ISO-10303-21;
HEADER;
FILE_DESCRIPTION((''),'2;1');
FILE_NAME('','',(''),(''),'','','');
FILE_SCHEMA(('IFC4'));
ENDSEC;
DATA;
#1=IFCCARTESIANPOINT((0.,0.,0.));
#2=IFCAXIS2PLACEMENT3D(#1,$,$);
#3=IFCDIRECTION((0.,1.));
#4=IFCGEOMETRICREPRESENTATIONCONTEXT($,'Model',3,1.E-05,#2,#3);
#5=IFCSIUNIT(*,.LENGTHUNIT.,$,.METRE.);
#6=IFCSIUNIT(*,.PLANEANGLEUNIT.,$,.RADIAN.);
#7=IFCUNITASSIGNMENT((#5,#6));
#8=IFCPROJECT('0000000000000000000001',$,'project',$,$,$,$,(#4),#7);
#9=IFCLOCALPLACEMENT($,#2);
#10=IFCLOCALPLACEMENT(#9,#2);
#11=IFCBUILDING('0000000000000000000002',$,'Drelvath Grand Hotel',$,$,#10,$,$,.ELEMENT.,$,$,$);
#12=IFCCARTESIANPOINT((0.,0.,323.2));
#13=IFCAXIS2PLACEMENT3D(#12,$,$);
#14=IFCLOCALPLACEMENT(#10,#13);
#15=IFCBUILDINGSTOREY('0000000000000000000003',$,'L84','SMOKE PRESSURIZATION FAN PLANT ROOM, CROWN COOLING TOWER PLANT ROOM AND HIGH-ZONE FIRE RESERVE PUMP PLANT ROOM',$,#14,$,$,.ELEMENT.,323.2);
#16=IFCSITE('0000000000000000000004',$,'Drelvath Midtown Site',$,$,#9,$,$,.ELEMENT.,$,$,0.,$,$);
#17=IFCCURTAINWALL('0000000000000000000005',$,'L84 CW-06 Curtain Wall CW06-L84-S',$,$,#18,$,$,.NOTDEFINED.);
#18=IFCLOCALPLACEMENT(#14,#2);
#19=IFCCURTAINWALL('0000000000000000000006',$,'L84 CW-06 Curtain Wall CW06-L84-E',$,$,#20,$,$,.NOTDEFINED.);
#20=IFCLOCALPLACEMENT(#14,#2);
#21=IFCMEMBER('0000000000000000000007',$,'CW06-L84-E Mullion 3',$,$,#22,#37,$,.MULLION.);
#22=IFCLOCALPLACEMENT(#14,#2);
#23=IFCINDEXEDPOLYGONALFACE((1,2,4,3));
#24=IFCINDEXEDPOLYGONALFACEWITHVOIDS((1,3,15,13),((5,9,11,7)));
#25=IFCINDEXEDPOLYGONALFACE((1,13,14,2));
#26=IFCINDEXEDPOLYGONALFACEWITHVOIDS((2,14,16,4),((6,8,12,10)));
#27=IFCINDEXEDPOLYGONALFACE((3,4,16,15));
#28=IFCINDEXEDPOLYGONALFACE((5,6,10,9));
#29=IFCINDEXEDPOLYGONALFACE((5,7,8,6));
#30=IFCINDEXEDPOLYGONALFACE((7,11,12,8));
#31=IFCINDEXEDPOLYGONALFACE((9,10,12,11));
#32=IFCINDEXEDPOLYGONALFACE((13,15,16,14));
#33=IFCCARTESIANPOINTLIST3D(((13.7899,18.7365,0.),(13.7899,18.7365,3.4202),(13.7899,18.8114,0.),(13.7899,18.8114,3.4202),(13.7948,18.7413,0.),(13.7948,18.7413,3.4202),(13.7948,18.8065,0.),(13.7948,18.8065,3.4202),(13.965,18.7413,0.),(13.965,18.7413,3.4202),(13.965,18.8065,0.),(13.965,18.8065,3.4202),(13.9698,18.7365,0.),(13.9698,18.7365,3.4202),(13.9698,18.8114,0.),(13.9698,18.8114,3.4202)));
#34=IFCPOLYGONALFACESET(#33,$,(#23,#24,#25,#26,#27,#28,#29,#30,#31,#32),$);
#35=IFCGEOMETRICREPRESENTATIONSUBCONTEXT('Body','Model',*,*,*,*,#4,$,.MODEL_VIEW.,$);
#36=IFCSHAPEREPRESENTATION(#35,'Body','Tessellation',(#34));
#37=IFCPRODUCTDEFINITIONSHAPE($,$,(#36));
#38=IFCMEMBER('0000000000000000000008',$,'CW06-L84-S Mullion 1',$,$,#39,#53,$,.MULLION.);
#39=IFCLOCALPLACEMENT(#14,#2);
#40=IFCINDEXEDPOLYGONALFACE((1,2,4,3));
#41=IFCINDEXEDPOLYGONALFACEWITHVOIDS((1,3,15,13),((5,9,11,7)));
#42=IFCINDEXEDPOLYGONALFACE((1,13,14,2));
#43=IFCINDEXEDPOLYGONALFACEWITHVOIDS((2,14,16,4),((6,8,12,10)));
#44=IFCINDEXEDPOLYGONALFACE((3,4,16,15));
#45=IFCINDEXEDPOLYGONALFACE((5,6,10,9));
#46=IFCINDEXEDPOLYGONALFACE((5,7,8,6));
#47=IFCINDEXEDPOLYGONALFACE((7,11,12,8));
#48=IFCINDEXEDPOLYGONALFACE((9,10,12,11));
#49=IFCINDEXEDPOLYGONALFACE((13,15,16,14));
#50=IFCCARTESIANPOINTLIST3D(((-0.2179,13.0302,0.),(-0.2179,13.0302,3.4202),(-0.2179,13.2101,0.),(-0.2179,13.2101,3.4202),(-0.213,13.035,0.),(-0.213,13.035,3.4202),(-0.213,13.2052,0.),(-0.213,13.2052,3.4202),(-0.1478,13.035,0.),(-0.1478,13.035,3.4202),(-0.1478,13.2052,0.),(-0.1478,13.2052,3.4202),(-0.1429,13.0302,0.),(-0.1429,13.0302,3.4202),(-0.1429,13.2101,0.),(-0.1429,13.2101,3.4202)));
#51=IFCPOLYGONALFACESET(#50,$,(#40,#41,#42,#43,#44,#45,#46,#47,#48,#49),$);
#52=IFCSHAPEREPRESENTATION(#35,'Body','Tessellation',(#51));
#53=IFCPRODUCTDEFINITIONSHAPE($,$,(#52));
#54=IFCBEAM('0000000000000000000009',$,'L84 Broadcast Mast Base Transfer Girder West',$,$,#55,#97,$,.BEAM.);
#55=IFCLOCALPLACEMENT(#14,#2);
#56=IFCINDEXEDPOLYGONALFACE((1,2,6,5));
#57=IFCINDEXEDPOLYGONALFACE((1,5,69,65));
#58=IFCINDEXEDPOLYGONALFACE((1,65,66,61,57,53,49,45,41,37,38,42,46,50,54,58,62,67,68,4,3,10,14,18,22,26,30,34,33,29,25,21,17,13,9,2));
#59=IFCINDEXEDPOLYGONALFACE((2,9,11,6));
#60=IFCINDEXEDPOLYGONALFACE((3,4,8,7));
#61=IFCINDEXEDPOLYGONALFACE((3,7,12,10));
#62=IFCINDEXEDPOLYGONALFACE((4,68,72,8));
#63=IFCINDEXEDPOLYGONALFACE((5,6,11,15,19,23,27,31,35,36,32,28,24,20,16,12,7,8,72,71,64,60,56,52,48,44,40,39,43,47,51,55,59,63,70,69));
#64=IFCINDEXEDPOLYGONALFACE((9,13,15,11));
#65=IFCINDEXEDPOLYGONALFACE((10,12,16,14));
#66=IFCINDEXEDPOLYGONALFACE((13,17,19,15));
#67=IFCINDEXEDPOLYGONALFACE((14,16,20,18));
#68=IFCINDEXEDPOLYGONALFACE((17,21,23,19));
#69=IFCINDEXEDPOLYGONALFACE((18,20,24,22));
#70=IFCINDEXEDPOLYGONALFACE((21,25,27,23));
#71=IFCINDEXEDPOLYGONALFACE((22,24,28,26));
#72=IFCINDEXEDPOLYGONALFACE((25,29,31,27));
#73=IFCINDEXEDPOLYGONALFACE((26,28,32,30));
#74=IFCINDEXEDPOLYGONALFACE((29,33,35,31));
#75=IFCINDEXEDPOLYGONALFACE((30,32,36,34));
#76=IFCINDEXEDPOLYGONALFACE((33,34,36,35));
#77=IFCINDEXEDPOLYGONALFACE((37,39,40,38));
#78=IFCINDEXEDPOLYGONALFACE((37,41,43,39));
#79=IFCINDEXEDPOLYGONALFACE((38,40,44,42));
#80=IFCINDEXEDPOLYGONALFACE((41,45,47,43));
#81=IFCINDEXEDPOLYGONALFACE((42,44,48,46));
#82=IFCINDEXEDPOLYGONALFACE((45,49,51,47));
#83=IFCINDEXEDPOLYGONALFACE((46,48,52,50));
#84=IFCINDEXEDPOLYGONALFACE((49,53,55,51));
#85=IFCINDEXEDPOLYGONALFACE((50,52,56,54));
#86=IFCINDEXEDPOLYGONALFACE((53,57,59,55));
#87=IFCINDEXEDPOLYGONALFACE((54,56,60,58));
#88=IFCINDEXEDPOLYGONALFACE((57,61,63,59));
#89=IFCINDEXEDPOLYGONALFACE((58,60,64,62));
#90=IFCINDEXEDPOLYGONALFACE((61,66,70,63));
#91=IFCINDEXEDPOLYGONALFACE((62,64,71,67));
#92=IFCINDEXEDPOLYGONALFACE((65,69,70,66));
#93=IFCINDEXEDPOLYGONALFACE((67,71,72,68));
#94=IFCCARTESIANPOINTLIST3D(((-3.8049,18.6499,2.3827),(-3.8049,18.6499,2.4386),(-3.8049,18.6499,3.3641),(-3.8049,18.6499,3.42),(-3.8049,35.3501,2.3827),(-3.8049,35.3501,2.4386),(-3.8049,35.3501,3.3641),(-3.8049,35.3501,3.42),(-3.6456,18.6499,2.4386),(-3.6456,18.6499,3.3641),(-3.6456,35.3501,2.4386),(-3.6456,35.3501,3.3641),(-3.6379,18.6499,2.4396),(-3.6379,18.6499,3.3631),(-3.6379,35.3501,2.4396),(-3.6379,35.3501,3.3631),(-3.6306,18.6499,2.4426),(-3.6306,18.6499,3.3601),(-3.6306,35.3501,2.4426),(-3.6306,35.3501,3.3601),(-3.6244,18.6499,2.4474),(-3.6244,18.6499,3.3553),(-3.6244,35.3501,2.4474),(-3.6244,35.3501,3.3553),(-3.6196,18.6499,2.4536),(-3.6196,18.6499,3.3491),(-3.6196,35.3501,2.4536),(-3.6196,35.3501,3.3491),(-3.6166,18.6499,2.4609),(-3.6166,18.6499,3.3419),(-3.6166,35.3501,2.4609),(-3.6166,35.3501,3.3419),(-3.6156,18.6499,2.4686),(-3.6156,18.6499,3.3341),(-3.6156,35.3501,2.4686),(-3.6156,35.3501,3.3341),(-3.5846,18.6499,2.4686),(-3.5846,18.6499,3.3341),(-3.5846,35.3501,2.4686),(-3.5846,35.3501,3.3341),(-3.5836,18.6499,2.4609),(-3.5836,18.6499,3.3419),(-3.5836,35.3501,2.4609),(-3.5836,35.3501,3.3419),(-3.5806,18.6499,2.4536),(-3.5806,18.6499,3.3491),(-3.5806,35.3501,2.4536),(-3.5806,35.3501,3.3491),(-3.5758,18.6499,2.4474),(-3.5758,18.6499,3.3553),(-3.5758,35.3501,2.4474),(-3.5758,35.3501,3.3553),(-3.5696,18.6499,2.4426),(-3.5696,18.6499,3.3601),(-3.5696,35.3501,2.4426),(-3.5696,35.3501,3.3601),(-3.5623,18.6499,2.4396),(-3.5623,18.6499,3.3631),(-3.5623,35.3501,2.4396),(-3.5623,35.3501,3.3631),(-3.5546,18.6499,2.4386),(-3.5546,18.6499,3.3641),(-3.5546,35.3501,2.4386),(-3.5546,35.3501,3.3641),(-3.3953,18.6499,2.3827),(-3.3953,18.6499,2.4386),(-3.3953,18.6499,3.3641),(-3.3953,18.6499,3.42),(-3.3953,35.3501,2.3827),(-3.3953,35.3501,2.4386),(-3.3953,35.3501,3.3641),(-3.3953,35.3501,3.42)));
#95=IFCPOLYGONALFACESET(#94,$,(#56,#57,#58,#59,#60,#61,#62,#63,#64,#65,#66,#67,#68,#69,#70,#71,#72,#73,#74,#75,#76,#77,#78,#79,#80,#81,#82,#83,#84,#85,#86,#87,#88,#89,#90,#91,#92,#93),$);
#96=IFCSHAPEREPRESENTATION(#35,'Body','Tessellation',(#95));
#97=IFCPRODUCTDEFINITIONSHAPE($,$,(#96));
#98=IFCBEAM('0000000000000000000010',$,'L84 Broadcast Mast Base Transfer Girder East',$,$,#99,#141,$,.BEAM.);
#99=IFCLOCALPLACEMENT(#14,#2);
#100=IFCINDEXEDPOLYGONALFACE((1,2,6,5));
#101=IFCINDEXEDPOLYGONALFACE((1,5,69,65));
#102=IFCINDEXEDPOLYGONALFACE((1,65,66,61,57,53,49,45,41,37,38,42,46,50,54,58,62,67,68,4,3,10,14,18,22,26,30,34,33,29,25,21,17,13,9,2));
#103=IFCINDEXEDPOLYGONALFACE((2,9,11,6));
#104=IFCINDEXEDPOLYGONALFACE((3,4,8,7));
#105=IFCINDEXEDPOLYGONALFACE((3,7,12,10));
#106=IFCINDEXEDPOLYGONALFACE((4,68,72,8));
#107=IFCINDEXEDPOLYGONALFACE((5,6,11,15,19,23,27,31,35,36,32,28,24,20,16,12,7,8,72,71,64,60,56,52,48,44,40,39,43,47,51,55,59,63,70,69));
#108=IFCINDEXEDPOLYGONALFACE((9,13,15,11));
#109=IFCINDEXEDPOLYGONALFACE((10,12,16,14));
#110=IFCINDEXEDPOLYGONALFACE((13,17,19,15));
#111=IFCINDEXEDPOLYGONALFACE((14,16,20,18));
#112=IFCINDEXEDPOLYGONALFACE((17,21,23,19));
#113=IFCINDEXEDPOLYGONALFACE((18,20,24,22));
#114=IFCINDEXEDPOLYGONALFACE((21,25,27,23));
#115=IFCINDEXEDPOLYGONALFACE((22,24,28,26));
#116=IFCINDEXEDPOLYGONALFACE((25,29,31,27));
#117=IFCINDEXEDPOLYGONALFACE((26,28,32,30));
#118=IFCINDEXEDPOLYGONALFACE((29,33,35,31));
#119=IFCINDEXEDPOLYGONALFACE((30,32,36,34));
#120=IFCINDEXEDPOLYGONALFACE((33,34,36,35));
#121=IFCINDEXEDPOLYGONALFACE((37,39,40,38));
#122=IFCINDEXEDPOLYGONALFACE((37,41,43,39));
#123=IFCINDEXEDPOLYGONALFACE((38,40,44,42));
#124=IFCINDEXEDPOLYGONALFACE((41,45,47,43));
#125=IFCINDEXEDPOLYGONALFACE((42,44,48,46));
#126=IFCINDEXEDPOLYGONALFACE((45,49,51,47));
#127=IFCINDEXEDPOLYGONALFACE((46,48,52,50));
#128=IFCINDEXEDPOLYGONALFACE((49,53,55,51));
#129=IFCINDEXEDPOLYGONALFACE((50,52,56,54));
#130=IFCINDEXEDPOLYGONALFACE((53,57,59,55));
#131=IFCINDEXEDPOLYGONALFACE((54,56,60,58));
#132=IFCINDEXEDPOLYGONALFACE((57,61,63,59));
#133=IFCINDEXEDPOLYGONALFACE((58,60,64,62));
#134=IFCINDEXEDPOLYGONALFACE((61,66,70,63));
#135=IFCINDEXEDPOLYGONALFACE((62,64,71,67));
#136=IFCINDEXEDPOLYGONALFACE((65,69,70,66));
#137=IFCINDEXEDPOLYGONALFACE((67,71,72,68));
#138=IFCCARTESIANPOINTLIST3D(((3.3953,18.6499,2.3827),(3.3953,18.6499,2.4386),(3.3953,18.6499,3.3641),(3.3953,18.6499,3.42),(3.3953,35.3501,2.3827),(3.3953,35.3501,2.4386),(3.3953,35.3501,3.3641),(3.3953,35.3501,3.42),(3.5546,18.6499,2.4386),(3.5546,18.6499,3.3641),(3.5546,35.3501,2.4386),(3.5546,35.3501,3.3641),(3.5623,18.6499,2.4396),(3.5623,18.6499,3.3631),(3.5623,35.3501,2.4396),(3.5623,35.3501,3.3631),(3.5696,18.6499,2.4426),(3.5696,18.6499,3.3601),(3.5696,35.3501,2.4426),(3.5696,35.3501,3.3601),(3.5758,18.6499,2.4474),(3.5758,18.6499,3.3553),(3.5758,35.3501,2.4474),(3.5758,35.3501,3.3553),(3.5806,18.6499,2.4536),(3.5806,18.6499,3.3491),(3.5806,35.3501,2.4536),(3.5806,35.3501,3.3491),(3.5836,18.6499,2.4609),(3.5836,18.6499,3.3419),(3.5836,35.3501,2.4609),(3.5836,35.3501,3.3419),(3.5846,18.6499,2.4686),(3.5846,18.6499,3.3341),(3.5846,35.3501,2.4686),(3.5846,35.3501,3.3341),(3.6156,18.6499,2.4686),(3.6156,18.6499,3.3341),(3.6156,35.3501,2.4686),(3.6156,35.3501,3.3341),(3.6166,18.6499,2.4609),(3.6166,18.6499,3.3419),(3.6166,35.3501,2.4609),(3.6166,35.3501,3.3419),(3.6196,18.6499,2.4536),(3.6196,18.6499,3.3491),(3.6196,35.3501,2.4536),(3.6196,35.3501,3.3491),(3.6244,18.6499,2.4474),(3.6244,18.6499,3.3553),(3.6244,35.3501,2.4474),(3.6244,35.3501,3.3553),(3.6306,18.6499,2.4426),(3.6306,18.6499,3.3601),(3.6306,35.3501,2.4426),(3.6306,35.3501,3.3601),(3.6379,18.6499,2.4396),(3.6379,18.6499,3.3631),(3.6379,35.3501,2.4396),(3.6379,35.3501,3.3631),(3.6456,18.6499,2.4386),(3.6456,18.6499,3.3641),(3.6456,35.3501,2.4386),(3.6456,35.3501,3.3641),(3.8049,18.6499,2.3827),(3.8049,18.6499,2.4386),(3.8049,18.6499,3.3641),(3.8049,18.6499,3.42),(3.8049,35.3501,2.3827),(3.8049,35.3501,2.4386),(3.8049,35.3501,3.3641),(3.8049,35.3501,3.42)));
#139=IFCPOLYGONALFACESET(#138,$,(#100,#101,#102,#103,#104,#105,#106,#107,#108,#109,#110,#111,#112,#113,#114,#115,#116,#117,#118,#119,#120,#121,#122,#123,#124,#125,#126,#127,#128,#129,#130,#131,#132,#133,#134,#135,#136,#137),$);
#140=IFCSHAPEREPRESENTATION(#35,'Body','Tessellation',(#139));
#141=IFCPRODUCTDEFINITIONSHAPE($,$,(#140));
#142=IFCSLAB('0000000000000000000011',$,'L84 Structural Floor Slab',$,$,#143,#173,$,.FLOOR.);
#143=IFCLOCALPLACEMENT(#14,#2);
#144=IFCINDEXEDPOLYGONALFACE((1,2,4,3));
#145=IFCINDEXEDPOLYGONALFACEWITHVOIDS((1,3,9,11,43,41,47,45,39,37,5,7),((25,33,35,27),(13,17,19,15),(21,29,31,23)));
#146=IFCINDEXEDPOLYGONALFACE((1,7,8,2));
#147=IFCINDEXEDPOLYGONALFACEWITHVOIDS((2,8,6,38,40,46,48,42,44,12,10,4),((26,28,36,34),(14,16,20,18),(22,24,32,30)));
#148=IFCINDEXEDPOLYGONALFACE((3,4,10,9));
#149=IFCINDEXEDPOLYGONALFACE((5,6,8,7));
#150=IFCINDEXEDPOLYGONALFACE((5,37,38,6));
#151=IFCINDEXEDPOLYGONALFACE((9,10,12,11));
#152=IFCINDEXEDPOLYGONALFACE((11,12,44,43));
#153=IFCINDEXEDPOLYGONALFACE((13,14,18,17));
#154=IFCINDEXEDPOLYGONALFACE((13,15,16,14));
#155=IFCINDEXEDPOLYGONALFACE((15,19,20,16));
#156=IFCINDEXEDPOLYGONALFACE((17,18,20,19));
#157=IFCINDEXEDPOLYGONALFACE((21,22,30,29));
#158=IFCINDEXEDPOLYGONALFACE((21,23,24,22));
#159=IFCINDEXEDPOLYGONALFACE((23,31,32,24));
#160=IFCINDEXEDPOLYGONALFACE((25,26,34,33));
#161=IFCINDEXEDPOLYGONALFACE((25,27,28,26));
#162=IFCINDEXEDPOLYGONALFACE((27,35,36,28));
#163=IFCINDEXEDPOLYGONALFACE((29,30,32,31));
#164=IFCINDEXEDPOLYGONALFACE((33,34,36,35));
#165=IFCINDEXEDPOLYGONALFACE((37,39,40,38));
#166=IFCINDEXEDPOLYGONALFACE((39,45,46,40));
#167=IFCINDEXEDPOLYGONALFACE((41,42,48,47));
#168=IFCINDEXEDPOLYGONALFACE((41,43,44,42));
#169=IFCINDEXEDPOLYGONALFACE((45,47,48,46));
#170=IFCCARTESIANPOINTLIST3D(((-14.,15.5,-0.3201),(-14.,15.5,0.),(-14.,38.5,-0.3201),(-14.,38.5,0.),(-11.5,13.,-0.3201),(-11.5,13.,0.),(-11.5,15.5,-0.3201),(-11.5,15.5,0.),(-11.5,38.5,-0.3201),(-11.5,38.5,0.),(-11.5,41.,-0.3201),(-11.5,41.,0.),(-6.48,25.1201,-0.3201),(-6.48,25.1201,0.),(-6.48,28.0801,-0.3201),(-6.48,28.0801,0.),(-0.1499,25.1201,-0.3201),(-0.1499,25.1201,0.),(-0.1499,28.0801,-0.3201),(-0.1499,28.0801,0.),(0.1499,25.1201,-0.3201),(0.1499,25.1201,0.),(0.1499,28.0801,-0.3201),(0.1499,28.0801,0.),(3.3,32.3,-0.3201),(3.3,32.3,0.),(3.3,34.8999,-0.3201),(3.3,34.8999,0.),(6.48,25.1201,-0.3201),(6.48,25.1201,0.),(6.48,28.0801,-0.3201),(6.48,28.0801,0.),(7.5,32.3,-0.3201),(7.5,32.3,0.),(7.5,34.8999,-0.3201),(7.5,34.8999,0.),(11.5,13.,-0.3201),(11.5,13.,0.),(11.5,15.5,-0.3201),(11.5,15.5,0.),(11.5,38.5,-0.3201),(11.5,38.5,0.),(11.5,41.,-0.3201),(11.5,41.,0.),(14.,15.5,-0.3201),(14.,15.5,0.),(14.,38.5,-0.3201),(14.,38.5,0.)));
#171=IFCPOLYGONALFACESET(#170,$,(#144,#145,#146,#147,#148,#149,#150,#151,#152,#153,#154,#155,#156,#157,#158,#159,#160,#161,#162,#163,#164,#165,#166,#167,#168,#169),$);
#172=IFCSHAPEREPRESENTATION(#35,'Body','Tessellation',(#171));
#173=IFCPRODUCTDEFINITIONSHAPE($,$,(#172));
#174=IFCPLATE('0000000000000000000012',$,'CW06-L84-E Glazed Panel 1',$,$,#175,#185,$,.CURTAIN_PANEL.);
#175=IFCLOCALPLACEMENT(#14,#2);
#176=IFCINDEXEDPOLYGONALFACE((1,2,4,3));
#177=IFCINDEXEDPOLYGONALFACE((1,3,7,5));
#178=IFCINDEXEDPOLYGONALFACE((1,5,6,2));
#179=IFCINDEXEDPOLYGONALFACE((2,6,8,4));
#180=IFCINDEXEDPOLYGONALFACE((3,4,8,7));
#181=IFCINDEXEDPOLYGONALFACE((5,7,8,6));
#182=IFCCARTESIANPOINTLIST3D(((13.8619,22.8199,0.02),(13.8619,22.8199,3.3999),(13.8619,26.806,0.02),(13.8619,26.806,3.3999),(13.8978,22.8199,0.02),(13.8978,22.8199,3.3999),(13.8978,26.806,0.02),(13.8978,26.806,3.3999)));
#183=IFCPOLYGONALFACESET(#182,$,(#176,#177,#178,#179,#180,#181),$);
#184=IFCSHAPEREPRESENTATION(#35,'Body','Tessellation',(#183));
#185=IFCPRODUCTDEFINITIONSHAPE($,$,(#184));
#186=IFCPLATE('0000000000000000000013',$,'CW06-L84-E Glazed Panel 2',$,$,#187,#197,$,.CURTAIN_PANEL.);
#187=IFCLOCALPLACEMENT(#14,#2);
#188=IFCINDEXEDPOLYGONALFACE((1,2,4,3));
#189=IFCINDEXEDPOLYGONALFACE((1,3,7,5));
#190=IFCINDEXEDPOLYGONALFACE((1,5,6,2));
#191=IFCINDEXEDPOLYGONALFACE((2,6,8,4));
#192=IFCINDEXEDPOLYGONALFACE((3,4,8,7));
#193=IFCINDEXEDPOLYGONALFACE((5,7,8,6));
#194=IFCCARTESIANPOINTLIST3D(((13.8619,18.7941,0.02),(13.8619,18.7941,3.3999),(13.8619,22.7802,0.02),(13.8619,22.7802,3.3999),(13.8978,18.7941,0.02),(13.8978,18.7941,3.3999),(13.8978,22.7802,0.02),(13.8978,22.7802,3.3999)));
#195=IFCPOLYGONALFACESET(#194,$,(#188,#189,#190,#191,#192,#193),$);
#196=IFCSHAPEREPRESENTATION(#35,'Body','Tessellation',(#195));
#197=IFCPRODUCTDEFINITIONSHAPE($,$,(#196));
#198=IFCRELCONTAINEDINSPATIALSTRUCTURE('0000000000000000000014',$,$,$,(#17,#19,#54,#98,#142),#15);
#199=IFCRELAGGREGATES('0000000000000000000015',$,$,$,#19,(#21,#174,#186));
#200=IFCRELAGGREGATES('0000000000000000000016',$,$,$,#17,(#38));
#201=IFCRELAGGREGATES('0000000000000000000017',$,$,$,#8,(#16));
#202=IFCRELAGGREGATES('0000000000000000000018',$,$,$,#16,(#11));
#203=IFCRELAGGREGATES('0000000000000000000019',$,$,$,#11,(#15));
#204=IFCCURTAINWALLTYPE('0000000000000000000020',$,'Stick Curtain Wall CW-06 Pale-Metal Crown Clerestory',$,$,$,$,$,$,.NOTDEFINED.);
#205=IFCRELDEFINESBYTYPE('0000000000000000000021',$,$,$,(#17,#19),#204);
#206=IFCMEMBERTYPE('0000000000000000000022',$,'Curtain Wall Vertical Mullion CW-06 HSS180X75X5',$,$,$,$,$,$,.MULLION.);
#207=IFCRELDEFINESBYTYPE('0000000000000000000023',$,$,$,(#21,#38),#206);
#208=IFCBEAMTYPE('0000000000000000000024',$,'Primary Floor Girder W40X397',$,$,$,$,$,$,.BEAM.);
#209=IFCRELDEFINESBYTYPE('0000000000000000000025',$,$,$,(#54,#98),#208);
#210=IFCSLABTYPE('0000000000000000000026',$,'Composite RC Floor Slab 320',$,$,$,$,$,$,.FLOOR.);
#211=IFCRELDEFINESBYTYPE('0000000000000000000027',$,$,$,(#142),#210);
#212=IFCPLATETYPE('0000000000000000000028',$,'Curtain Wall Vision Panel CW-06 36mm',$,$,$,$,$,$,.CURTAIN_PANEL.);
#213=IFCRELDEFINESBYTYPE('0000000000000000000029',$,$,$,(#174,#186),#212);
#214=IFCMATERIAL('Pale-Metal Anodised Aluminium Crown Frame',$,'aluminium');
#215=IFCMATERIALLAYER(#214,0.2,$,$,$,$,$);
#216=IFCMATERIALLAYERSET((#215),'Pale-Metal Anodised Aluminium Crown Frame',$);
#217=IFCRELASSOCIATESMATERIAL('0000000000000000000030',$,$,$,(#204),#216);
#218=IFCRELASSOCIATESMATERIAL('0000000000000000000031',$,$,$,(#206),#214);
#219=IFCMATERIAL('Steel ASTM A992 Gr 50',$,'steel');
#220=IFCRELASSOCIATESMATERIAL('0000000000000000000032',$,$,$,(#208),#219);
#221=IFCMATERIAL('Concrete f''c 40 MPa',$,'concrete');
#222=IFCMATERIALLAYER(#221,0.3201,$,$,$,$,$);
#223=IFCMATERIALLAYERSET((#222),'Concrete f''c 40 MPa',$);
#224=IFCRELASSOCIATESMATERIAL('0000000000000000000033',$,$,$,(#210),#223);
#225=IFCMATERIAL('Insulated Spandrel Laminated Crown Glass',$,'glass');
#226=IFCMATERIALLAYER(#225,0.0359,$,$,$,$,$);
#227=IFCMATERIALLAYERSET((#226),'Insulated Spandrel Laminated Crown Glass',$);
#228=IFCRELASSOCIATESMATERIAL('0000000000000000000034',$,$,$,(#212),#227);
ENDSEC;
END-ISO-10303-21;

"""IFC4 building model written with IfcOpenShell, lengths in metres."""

from ifc_helpers import new_model, si_unit, direction, frame, origin, origin_2d, place, context, subcontext, project, spatial, polyline, rectangle, hollow_rectangle, i_section, outline, extrude, material, layer, layer_set, material_profile, profile_set, type_object, element, aggregate, save


model = new_model("IFC4")

# Units and contexts
model_context = context("Model", 3, precision=1e-05, world=origin(), true_north=direction((0.0, 1.0)))
body_context = subcontext(model_context, "Body", "Model", "MODEL_VIEW")
ifc_project = project(units=[si_unit("LENGTHUNIT", "METRE"), si_unit("PLANEANGLEUNIT", "RADIAN")], contexts=[model_context])

# Site, building, storey
site_placement = place(None, origin())
site = spatial("IfcSite", under=ifc_project, at=site_placement, Name="Drelvath Midtown Site", CompositionType="ELEMENT", RefElevation=0.0)
building_placement = place(site_placement, origin())
building = spatial("IfcBuilding", under=site, at=building_placement, Name="Drelvath Grand Hotel", CompositionType="ELEMENT")
storey_placement = place(building_placement, frame((0.0, 0.0, 323.2)))
storey = spatial("IfcBuildingStorey", under=building, at=storey_placement, Name="L84", Description="SMOKE PRESSURIZATION FAN PLANT ROOM, CROWN COOLING TOWER PLANT ROOM AND HIGH-ZONE FIRE RESERVE PUMP PLANT ROOM", CompositionType="ELEMENT", Elevation=323.2)

# Curtain wall
ifc_material_1 = material(Name="Pale-Metal Anodised Aluminium Crown Frame", Category="aluminium")
ifc_layer_1 = layer(ifc_material_1, 0.2)
ifc_layer_set_1 = layer_set([ifc_layer_1], Name="Pale-Metal Anodised Aluminium Crown Frame")
curtain_wall_type = type_object("IfcCurtainWallType", Name="Stick Curtain Wall CW-06 Pale-Metal Crown Clerestory", PredefinedType="NOTDEFINED", material=ifc_layer_set_1)
curtain_wall_1_placement = place(storey_placement, origin())
curtain_wall_1 = element("IfcCurtainWall", 1, at=curtain_wall_1_placement, inside=storey, type_object=curtain_wall_type, Name="L84 CW-06 Curtain Wall CW06-L84-S", PredefinedType="NOTDEFINED")

# Curtain wall, member
curtain_wall_2_placement = place(storey_placement, origin())
curtain_wall_2 = element("IfcCurtainWall", 2, at=curtain_wall_2_placement, inside=storey, type_object=curtain_wall_type, Name="L84 CW-06 Curtain Wall CW06-L84-E", PredefinedType="NOTDEFINED")
ifc_material_profile_1 = material_profile(ifc_material_1, hollow_rectangle(XDim=0.075, YDim=0.1799, WallThickness=0.0049, at=origin_2d()), Name="HSS180X75X5")
ifc_profile_set_1 = profile_set([ifc_material_profile_1], Name="Pale-Metal Anodised Aluminium Crown Frame")
member_type_1 = type_object("IfcMemberType", Name="Curtain Wall Vertical Mullion CW-06 HSS180X75X5", PredefinedType="MULLION", material=ifc_profile_set_1)
member_1_placement = place(storey_placement, frame((13.8799, 18.7739, 0.0), z_axis=(0.0, 0.0, 1.0), x_axis=(0.0, 1.0, 0.0)))
member_1 = element("IfcMember", 3, at=member_1_placement, type_object=member_type_1, Name="CW06-L84-E Mullion 3", PredefinedType="MULLION", context=body_context, shape_type="SweptSolid", body=[
    extrude(hollow_rectangle(XDim=0.075, YDim=0.1799, WallThickness=0.0049, at=origin_2d()), origin(), (0.0, 0.0, 1.0), 3.4202),
])

# Member
member_2_placement = place(storey_placement, frame((-0.1804, 13.1201, 0.0), z_axis=(0.0, 0.0, 1.0), x_axis=(1.0, 0.0, 0.0)))
member_2 = element("IfcMember", 4, at=member_2_placement, type_object=member_type_1, Name="CW06-L84-S Mullion 1", PredefinedType="MULLION", context=body_context, shape_type="SweptSolid", body=[
    extrude(hollow_rectangle(XDim=0.075, YDim=0.1799, WallThickness=0.0049, at=origin_2d()), origin(), (0.0, 0.0, 1.0), 3.4202),
])

# Beams
ifc_material_2 = material(Name="Steel ASTM A992 Gr 50", Category="steel")
ifc_material_profile_2 = material_profile(ifc_material_2, i_section(OverallWidth=0.4097, OverallDepth=1.0374, WebThickness=0.031, FlangeThickness=0.0559, FilletRadius=0.03, at=origin_2d()), Name="W40X397")
ifc_profile_set_2 = profile_set([ifc_material_profile_2], Name="Steel ASTM A992 Gr 50")
beam_type_1 = type_object("IfcBeamType", Name="Primary Floor Girder W40X397", PredefinedType="BEAM", material=ifc_profile_set_2)
for number, where, z_axis, x_axis, name in (
    (5, (-3.6001, 18.6499, 2.9014), (0.0, 1.0, 0.0), (-1.0, 0.0, 0.0), "L84 Broadcast Mast Base Transfer Girder West"),
    (6, (3.6001, 18.6499, 2.9014), (0.0, 1.0, 0.0), (-1.0, 0.0, 0.0), "L84 Broadcast Mast Base Transfer Girder East"),
):
    element("IfcBeam", number, at=place(storey_placement, frame(where, z_axis=z_axis, x_axis=x_axis)), inside=storey, type_object=beam_type_1, Name=name, PredefinedType="BEAM", context=body_context, shape_type="SweptSolid", body=[
        extrude(i_section(OverallWidth=0.4097, OverallDepth=1.0374, WebThickness=0.031, FlangeThickness=0.0559, FilletRadius=0.03, at=origin_2d()), origin(), (0.0, 0.0, 1.0), 16.7002),
    ])

# Slab
ifc_material_3 = material(Name="Concrete f'c 40 MPa", Category="concrete")
ifc_layer_2 = layer(ifc_material_3, 0.3201)
ifc_layer_set_2 = layer_set([ifc_layer_2], Name="Concrete f'c 40 MPa")
slab_type = type_object("IfcSlabType", Name="Composite RC Floor Slab 320", PredefinedType="FLOOR", material=ifc_layer_set_2)
slab_placement = place(storey_placement, frame((0.0, 0.0, -0.3201)))
element("IfcSlab", 7, at=slab_placement, inside=storey, type_object=slab_type, Name="L84 Structural Floor Slab", PredefinedType="FLOOR", context=body_context, shape_type="SweptSolid", body=[
    extrude(outline(polyline([(-11.5, 13.0), (11.5, 13.0), (11.5, 15.5), (14.0, 15.5), (14.0, 38.5), (11.5, 38.5), (11.5, 41.0), (-11.5, 41.0), (-11.5, 38.5), (-14.0, 38.5), (-14.0, 15.5), (-11.5, 15.5), (-11.5, 13.0)]), holes=[polyline([(-6.48, 25.1201), (-6.48, 28.0801), (-0.1499, 28.0801), (-0.1499, 25.1201), (-6.48, 25.1201)]), polyline([(0.1499, 25.1201), (0.1499, 28.0801), (6.48, 28.0801), (6.48, 25.1201), (0.1499, 25.1201)]), polyline([(3.3, 32.3), (3.3, 34.8999), (7.5, 34.8999), (7.5, 32.3), (3.3, 32.3)])]), origin(), (0.0, 0.0, 1.0), 0.3201),
])

# Plates
ifc_material_4 = material(Name="Insulated Spandrel Laminated Crown Glass", Category="glass")
ifc_layer_3 = layer(ifc_material_4, 0.0359)
ifc_layer_set_3 = layer_set([ifc_layer_3], Name="Insulated Spandrel Laminated Crown Glass")
plate_type = type_object("IfcPlateType", Name="Curtain Wall Vision Panel CW-06 36mm", PredefinedType="CURTAIN_PANEL", material=ifc_layer_set_3)
plate_1_placement = place(storey_placement, frame((13.8799, 24.813, 0.02), z_axis=(0.0, 0.0, 1.0), x_axis=(0.0, -1.0, 0.0)))
plate_1 = element("IfcPlate", 8, at=plate_1_placement, type_object=plate_type, Name="CW06-L84-E Glazed Panel 1", PredefinedType="CURTAIN_PANEL", context=body_context, shape_type="SweptSolid", body=[
    extrude(rectangle(XDim=3.9861, YDim=0.0359, at=origin_2d()), origin(), (0.0, 0.0, 1.0), 3.3799),
])
plate_2_placement = place(storey_placement, frame((13.8799, 20.7871, 0.02), z_axis=(0.0, 0.0, 1.0), x_axis=(0.0, -1.0, 0.0)))
plate_2 = element("IfcPlate", 9, at=plate_2_placement, type_object=plate_type, Name="CW06-L84-E Glazed Panel 2", PredefinedType="CURTAIN_PANEL", context=body_context, shape_type="SweptSolid", body=[
    extrude(rectangle(XDim=3.9861, YDim=0.0359, at=origin_2d()), origin(), (0.0, 0.0, 1.0), 3.3799),
])
aggregate(curtain_wall_2, [member_1, plate_1, plate_2])
aggregate(curtain_wall_1, [member_2])

save(model, "model.ifc")
